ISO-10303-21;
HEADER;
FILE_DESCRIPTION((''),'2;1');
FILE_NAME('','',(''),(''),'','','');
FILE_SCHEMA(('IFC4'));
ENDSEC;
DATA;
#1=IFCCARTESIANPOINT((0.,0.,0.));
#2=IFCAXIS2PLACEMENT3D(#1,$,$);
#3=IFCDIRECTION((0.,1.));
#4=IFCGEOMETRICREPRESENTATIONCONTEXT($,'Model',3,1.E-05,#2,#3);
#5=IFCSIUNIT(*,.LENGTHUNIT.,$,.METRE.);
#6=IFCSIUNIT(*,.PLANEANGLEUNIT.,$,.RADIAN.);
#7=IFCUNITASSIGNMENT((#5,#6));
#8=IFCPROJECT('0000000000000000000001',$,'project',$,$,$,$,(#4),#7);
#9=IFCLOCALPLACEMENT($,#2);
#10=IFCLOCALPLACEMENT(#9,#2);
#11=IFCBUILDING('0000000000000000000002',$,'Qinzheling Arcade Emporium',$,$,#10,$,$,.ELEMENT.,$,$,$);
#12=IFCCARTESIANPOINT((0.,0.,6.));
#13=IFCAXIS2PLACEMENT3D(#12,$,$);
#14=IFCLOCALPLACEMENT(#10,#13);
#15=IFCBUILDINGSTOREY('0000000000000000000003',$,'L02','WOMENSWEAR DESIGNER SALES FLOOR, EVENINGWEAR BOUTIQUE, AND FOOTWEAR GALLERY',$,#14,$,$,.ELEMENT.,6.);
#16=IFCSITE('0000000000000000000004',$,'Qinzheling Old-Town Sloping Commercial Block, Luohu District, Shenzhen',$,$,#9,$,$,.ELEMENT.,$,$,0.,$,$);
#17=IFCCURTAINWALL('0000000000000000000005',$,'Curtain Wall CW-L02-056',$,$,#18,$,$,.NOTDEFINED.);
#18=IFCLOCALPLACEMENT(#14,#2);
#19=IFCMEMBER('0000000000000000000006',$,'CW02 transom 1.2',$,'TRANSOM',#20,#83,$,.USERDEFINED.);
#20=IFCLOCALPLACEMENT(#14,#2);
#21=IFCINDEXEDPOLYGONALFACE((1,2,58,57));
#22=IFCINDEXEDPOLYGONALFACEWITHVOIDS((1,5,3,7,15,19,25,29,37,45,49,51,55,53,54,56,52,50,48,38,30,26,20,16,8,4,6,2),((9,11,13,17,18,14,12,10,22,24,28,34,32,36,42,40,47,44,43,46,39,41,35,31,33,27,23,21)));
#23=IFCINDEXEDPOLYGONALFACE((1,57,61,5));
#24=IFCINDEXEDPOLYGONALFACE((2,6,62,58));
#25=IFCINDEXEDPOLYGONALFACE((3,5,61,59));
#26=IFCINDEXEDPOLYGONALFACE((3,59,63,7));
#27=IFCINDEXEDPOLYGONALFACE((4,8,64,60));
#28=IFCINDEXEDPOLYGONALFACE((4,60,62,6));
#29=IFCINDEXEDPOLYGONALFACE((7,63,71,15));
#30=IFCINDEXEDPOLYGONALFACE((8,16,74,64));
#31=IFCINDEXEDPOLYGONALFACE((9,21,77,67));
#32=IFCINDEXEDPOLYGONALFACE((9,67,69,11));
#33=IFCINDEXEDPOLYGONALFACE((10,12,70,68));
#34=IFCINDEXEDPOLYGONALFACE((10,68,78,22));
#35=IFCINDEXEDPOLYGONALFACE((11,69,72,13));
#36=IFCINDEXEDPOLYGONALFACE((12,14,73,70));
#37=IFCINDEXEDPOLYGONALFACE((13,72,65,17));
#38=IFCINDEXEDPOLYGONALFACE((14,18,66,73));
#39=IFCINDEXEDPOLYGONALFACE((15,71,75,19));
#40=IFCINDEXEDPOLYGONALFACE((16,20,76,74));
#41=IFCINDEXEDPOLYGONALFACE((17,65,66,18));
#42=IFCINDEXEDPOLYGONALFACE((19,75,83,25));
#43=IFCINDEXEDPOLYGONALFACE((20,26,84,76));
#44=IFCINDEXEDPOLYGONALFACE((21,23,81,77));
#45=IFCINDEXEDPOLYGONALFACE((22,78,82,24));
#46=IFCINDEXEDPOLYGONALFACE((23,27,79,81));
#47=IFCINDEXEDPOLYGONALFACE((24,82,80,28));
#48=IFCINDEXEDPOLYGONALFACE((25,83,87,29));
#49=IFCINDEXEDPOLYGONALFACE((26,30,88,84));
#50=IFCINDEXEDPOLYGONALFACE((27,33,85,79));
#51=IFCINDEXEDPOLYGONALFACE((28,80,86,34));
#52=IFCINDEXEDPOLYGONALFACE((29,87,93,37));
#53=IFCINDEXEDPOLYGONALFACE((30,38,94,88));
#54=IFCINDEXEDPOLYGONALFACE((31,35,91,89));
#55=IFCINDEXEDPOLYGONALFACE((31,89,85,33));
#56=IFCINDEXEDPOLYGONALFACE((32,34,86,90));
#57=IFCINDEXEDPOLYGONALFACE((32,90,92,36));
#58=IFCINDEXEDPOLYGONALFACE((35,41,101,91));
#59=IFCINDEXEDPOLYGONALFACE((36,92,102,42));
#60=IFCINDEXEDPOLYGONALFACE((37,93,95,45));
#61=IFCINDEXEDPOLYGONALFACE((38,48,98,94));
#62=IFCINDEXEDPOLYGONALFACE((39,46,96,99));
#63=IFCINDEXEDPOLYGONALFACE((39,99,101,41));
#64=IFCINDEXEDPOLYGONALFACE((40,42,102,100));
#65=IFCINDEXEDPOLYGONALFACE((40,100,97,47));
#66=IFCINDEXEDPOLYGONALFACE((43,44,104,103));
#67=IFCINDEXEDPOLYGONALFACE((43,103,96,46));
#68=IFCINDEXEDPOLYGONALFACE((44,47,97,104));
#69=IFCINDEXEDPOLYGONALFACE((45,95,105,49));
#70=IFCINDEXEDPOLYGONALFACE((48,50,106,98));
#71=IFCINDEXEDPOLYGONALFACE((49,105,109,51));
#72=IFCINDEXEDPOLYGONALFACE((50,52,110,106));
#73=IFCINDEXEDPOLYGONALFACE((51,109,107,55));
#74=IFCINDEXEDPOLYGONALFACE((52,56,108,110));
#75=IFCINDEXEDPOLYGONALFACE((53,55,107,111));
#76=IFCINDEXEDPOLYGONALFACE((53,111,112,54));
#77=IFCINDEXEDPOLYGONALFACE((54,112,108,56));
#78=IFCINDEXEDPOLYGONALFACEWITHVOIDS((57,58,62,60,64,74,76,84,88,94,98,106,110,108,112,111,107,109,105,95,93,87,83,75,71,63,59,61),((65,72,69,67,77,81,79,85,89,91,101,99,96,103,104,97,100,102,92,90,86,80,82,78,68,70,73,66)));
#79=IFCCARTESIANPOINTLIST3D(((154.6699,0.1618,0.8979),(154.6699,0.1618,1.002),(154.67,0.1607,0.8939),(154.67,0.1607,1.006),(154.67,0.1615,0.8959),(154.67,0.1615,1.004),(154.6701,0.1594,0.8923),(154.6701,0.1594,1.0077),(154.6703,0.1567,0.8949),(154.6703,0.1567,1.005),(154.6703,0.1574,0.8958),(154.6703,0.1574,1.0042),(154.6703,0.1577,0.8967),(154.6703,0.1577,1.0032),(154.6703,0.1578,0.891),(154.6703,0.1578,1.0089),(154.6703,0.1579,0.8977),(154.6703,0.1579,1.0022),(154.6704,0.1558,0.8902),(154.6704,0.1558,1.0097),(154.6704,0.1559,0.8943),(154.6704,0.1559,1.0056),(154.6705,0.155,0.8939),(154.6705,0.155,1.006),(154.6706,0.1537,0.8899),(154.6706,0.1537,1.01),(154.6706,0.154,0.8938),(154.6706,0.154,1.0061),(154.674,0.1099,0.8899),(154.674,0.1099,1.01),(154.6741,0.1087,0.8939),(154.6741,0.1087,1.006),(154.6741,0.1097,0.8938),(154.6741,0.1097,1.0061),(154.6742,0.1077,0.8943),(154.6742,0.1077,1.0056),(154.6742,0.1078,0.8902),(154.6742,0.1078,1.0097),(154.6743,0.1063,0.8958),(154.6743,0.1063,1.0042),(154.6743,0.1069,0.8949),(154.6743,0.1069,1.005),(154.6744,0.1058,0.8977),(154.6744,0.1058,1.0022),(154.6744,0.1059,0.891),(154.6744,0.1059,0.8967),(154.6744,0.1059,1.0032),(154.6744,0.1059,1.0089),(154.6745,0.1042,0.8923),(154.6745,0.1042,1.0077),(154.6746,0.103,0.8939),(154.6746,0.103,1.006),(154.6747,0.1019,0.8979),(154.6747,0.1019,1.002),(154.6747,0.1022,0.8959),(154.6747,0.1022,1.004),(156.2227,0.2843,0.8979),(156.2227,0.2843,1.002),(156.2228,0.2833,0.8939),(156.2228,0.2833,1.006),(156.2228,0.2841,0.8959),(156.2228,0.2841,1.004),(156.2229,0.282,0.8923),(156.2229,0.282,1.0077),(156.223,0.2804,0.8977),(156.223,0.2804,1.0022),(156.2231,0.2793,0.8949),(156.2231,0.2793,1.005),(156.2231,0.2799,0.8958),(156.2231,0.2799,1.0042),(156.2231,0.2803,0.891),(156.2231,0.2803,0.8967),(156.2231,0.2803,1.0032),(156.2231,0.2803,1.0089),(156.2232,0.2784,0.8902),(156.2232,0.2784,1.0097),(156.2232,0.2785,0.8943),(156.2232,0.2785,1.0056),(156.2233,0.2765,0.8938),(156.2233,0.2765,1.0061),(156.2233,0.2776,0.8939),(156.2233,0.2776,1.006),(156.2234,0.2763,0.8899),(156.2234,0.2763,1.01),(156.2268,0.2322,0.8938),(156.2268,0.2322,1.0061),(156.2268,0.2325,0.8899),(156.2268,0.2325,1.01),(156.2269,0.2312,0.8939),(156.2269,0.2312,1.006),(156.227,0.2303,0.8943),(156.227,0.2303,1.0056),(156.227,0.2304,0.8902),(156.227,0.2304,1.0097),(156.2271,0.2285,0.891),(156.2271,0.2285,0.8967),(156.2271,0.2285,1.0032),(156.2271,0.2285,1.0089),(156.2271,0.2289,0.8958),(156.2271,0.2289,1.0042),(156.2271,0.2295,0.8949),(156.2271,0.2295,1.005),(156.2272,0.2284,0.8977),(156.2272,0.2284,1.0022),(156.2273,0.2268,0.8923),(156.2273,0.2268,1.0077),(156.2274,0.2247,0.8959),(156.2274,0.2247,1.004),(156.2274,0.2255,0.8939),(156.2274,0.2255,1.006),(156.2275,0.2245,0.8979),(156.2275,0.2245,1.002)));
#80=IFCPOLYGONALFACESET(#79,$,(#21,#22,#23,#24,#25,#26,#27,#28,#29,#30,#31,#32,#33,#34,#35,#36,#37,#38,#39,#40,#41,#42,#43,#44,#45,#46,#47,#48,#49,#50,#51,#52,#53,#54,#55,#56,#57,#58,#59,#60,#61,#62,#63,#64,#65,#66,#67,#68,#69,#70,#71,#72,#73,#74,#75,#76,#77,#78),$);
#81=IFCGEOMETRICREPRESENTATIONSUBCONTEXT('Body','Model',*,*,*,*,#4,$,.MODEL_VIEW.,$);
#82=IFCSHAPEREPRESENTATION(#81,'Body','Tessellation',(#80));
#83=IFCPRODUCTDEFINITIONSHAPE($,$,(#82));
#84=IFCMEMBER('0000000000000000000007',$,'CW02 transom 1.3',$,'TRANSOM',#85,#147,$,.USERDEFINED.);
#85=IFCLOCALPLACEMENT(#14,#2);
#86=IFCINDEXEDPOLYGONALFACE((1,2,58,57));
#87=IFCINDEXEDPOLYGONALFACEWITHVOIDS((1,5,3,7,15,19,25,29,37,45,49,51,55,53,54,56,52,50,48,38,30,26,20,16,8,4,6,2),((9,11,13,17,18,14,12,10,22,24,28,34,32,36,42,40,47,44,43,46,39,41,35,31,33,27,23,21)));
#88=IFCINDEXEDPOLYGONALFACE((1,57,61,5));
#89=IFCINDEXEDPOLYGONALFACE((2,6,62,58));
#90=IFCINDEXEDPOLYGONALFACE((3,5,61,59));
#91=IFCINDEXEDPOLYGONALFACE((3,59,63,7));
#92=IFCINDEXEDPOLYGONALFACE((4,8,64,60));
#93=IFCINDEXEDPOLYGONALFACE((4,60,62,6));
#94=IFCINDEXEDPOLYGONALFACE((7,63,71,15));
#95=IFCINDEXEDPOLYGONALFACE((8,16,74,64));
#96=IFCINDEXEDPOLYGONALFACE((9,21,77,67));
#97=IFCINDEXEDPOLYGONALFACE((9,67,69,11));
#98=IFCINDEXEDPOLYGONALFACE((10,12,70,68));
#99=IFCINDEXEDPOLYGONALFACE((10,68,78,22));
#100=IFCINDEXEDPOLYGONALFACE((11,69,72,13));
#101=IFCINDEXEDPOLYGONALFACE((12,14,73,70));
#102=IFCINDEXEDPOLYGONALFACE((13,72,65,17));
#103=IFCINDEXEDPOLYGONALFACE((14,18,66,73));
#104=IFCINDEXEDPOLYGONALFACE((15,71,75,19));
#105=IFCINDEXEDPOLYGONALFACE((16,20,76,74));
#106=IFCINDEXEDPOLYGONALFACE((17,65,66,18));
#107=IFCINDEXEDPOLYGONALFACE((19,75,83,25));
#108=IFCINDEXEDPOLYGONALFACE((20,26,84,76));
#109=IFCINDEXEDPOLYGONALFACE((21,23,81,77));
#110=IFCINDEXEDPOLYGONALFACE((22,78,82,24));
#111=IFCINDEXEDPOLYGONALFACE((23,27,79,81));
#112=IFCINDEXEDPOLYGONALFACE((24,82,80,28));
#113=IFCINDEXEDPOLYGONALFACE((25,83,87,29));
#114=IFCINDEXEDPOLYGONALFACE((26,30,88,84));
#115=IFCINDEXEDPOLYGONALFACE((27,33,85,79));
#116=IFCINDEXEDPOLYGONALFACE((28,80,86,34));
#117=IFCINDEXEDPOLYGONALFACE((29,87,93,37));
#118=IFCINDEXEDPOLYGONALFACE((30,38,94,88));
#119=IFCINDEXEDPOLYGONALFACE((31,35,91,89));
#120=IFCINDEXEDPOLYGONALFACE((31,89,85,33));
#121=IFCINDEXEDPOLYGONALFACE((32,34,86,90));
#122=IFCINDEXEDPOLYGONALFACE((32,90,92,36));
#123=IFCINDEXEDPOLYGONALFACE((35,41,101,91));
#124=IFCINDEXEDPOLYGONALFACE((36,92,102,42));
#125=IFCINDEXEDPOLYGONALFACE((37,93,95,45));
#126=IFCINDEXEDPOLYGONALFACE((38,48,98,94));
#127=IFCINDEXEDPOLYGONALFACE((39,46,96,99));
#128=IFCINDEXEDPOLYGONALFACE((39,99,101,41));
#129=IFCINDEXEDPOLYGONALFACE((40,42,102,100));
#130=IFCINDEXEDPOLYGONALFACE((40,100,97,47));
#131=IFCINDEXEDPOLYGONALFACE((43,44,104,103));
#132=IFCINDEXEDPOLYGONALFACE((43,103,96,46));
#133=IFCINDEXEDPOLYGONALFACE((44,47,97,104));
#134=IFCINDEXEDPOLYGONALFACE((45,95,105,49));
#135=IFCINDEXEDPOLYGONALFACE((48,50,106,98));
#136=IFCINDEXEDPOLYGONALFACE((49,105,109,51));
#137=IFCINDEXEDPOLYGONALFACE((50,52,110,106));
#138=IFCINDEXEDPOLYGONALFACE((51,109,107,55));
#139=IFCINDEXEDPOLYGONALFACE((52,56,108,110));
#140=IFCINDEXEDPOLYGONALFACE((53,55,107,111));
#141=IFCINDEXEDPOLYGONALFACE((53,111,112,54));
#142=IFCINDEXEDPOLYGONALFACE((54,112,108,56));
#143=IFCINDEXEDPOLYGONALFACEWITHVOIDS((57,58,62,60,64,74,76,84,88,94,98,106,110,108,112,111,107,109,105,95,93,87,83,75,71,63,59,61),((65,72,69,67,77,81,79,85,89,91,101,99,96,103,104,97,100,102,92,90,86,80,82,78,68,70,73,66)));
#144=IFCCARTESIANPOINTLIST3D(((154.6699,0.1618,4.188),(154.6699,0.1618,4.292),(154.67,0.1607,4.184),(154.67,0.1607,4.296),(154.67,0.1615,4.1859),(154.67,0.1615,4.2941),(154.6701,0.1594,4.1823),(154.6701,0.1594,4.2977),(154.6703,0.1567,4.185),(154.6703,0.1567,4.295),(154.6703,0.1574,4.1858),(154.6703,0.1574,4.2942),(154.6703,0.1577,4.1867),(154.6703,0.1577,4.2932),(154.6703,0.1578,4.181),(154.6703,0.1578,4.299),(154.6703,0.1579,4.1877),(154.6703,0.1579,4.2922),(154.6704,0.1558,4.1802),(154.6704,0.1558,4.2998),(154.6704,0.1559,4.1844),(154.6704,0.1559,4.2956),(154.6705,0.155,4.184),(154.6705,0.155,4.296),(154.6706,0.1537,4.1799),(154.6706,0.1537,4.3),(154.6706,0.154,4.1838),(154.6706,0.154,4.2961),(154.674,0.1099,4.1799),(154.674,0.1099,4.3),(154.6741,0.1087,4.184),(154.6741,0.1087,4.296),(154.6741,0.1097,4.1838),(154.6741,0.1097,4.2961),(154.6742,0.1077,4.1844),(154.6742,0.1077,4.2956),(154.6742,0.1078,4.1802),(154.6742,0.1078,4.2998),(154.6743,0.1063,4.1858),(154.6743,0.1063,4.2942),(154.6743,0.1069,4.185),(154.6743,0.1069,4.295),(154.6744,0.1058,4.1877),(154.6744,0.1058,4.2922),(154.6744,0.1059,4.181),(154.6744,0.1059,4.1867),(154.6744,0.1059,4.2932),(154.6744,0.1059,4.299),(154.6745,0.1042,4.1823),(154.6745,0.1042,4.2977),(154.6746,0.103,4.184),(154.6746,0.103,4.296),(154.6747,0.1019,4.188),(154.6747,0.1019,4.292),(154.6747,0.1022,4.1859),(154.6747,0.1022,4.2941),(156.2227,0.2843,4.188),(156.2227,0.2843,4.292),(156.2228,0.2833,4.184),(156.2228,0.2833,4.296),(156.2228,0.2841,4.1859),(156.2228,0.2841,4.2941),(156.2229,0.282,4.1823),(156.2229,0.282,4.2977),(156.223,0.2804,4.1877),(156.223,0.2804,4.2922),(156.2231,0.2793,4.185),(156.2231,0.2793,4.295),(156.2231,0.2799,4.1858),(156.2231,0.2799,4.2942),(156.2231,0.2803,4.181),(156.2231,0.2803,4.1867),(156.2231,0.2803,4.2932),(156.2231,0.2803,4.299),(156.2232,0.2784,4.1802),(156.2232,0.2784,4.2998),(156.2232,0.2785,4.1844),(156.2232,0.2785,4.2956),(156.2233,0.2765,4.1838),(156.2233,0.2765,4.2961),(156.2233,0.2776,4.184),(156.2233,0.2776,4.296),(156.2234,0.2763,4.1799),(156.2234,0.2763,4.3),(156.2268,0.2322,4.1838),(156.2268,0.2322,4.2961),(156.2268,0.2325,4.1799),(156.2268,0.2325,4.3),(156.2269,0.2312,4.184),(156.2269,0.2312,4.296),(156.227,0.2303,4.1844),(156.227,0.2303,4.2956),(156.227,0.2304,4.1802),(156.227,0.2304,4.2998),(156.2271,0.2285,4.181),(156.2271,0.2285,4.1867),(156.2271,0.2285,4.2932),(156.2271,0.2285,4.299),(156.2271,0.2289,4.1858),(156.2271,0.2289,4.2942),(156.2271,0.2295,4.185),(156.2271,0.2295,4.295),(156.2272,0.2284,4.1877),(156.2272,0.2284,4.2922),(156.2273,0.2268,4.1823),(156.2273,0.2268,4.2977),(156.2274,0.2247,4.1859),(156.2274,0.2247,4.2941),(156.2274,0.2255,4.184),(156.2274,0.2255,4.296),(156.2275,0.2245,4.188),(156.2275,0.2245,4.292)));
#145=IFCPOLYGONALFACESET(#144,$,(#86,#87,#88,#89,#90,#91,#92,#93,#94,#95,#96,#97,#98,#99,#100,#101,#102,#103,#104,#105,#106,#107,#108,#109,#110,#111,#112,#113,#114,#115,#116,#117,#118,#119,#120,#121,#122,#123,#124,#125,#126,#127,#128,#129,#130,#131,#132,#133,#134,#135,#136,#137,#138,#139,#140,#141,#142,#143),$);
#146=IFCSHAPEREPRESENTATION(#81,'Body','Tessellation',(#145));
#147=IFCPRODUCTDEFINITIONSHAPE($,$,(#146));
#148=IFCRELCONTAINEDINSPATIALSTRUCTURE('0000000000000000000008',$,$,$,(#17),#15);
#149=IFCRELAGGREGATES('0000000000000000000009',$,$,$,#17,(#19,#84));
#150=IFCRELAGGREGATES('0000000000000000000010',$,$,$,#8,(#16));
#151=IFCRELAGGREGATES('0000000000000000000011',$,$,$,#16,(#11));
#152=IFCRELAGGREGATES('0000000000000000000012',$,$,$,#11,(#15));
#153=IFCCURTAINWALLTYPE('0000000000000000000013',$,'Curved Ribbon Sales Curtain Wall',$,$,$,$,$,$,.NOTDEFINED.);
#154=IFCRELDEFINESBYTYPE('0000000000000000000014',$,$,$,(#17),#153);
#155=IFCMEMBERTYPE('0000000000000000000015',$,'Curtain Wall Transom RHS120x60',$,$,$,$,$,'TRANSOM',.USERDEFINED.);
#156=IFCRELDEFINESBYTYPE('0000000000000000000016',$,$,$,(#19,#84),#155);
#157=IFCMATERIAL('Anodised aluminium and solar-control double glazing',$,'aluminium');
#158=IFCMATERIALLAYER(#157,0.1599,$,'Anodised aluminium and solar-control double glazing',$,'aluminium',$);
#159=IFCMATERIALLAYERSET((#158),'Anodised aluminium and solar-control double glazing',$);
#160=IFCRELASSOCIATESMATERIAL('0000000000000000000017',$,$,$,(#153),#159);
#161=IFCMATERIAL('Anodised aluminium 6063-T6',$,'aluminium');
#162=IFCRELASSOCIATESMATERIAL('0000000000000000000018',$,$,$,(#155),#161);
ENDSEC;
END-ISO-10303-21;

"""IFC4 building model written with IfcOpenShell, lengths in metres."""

from ifc_helpers import new_model, si_unit, direction, frame, origin, origin_2d, place, context, subcontext, project, spatial, hollow_rectangle, extrude, material, layer, layer_set, material_profile, profile_set, type_object, element, aggregate, save


model = new_model("IFC4")

# Units and contexts
model_context = context("Model", 3, precision=1e-05, world=origin(), true_north=direction((0.0, 1.0)))
body_context = subcontext(model_context, "Body", "Model", "MODEL_VIEW")
ifc_project = project(units=[si_unit("LENGTHUNIT", "METRE"), si_unit("PLANEANGLEUNIT", "RADIAN")], contexts=[model_context])

# Site, building, storey
site_placement = place(None, origin())
site = spatial("IfcSite", under=ifc_project, at=site_placement, Name="Qinzheling Old-Town Sloping Commercial Block, Luohu District, Shenzhen", CompositionType="ELEMENT", RefElevation=0.0)
building_placement = place(site_placement, origin())
building = spatial("IfcBuilding", under=site, at=building_placement, Name="Qinzheling Arcade Emporium", CompositionType="ELEMENT")
storey_placement = place(building_placement, frame((0.0, 0.0, 6.0)))
storey = spatial("IfcBuildingStorey", under=building, at=storey_placement, Name="L02", Description="WOMENSWEAR DESIGNER SALES FLOOR, EVENINGWEAR BOUTIQUE, AND FOOTWEAR GALLERY", CompositionType="ELEMENT", Elevation=6.0)

# Curtain wall
ifc_material_1 = material(Name="Anodised aluminium and solar-control double glazing", Category="aluminium")
ifc_layer_1 = layer(ifc_material_1, 0.1599, Name="Anodised aluminium and solar-control double glazing", Category="aluminium")
ifc_layer_set_1 = layer_set([ifc_layer_1], Name="Anodised aluminium and solar-control double glazing")
curtain_wall_type = type_object("IfcCurtainWallType", Name="Curved Ribbon Sales Curtain Wall", PredefinedType="NOTDEFINED", material=ifc_layer_set_1)
ifc_material_2 = material(Name="Anodised aluminium 6063-T6", Category="aluminium")
curtain_wall_1_placement = place(storey_placement, origin())
curtain_wall_1 = element("IfcCurtainWall", 1, at=curtain_wall_1_placement, inside=storey, type_object=curtain_wall_type, Name="Curtain Wall CW-L02-056", PredefinedType="NOTDEFINED")

# Members
ifc_material_profile_1 = material_profile(ifc_material_2, hollow_rectangle(XDim=0.0601, YDim=0.1201, WallThickness=0.0039, InnerFilletRadius=0.0039, OuterFilletRadius=0.0081, at=origin_2d()), Name="RHS 120x60x4", Category="aluminium")
ifc_profile_set_1 = profile_set([ifc_material_profile_1], Name="Anodised aluminium 6063-T6")
member_type_1 = type_object("IfcMemberType", Name="Curtain Wall Transom RHS120x60", ElementType="TRANSOM", PredefinedType="USERDEFINED", material=ifc_profile_set_1)
member_1_placement = place(storey_placement, frame((156.2251, 0.2544, 0.95), z_axis=(-0.996899, -0.078686, 0.0), x_axis=(0.078686, -0.996899, 0.0)))
member_1 = element("IfcMember", 2, at=member_1_placement, type_object=member_type_1, Name="CW02 transom 1.2", ObjectType="TRANSOM", PredefinedType="USERDEFINED", context=body_context, shape_type="SweptSolid", body=[
    extrude(hollow_rectangle(XDim=0.0601, YDim=0.1201, WallThickness=0.0039, InnerFilletRadius=0.0039, OuterFilletRadius=0.0081, at=origin_2d()), origin(), (0.0, 0.0, 1.0), 1.5576),
])
member_2_placement = place(storey_placement, frame((156.2251, 0.2544, 4.24), z_axis=(-0.996899, -0.078686, 0.0), x_axis=(0.078686, -0.996899, 0.0)))
member_2 = element("IfcMember", 3, at=member_2_placement, type_object=member_type_1, Name="CW02 transom 1.3", ObjectType="TRANSOM", PredefinedType="USERDEFINED", context=body_context, shape_type="SweptSolid", body=[
    extrude(hollow_rectangle(XDim=0.0601, YDim=0.1201, WallThickness=0.0039, InnerFilletRadius=0.0039, OuterFilletRadius=0.0081, at=origin_2d()), origin(), (0.0, 0.0, 1.0), 1.5576),
])

aggregate(curtain_wall_1, [member_1, member_2])

save(model, "model.ifc")
